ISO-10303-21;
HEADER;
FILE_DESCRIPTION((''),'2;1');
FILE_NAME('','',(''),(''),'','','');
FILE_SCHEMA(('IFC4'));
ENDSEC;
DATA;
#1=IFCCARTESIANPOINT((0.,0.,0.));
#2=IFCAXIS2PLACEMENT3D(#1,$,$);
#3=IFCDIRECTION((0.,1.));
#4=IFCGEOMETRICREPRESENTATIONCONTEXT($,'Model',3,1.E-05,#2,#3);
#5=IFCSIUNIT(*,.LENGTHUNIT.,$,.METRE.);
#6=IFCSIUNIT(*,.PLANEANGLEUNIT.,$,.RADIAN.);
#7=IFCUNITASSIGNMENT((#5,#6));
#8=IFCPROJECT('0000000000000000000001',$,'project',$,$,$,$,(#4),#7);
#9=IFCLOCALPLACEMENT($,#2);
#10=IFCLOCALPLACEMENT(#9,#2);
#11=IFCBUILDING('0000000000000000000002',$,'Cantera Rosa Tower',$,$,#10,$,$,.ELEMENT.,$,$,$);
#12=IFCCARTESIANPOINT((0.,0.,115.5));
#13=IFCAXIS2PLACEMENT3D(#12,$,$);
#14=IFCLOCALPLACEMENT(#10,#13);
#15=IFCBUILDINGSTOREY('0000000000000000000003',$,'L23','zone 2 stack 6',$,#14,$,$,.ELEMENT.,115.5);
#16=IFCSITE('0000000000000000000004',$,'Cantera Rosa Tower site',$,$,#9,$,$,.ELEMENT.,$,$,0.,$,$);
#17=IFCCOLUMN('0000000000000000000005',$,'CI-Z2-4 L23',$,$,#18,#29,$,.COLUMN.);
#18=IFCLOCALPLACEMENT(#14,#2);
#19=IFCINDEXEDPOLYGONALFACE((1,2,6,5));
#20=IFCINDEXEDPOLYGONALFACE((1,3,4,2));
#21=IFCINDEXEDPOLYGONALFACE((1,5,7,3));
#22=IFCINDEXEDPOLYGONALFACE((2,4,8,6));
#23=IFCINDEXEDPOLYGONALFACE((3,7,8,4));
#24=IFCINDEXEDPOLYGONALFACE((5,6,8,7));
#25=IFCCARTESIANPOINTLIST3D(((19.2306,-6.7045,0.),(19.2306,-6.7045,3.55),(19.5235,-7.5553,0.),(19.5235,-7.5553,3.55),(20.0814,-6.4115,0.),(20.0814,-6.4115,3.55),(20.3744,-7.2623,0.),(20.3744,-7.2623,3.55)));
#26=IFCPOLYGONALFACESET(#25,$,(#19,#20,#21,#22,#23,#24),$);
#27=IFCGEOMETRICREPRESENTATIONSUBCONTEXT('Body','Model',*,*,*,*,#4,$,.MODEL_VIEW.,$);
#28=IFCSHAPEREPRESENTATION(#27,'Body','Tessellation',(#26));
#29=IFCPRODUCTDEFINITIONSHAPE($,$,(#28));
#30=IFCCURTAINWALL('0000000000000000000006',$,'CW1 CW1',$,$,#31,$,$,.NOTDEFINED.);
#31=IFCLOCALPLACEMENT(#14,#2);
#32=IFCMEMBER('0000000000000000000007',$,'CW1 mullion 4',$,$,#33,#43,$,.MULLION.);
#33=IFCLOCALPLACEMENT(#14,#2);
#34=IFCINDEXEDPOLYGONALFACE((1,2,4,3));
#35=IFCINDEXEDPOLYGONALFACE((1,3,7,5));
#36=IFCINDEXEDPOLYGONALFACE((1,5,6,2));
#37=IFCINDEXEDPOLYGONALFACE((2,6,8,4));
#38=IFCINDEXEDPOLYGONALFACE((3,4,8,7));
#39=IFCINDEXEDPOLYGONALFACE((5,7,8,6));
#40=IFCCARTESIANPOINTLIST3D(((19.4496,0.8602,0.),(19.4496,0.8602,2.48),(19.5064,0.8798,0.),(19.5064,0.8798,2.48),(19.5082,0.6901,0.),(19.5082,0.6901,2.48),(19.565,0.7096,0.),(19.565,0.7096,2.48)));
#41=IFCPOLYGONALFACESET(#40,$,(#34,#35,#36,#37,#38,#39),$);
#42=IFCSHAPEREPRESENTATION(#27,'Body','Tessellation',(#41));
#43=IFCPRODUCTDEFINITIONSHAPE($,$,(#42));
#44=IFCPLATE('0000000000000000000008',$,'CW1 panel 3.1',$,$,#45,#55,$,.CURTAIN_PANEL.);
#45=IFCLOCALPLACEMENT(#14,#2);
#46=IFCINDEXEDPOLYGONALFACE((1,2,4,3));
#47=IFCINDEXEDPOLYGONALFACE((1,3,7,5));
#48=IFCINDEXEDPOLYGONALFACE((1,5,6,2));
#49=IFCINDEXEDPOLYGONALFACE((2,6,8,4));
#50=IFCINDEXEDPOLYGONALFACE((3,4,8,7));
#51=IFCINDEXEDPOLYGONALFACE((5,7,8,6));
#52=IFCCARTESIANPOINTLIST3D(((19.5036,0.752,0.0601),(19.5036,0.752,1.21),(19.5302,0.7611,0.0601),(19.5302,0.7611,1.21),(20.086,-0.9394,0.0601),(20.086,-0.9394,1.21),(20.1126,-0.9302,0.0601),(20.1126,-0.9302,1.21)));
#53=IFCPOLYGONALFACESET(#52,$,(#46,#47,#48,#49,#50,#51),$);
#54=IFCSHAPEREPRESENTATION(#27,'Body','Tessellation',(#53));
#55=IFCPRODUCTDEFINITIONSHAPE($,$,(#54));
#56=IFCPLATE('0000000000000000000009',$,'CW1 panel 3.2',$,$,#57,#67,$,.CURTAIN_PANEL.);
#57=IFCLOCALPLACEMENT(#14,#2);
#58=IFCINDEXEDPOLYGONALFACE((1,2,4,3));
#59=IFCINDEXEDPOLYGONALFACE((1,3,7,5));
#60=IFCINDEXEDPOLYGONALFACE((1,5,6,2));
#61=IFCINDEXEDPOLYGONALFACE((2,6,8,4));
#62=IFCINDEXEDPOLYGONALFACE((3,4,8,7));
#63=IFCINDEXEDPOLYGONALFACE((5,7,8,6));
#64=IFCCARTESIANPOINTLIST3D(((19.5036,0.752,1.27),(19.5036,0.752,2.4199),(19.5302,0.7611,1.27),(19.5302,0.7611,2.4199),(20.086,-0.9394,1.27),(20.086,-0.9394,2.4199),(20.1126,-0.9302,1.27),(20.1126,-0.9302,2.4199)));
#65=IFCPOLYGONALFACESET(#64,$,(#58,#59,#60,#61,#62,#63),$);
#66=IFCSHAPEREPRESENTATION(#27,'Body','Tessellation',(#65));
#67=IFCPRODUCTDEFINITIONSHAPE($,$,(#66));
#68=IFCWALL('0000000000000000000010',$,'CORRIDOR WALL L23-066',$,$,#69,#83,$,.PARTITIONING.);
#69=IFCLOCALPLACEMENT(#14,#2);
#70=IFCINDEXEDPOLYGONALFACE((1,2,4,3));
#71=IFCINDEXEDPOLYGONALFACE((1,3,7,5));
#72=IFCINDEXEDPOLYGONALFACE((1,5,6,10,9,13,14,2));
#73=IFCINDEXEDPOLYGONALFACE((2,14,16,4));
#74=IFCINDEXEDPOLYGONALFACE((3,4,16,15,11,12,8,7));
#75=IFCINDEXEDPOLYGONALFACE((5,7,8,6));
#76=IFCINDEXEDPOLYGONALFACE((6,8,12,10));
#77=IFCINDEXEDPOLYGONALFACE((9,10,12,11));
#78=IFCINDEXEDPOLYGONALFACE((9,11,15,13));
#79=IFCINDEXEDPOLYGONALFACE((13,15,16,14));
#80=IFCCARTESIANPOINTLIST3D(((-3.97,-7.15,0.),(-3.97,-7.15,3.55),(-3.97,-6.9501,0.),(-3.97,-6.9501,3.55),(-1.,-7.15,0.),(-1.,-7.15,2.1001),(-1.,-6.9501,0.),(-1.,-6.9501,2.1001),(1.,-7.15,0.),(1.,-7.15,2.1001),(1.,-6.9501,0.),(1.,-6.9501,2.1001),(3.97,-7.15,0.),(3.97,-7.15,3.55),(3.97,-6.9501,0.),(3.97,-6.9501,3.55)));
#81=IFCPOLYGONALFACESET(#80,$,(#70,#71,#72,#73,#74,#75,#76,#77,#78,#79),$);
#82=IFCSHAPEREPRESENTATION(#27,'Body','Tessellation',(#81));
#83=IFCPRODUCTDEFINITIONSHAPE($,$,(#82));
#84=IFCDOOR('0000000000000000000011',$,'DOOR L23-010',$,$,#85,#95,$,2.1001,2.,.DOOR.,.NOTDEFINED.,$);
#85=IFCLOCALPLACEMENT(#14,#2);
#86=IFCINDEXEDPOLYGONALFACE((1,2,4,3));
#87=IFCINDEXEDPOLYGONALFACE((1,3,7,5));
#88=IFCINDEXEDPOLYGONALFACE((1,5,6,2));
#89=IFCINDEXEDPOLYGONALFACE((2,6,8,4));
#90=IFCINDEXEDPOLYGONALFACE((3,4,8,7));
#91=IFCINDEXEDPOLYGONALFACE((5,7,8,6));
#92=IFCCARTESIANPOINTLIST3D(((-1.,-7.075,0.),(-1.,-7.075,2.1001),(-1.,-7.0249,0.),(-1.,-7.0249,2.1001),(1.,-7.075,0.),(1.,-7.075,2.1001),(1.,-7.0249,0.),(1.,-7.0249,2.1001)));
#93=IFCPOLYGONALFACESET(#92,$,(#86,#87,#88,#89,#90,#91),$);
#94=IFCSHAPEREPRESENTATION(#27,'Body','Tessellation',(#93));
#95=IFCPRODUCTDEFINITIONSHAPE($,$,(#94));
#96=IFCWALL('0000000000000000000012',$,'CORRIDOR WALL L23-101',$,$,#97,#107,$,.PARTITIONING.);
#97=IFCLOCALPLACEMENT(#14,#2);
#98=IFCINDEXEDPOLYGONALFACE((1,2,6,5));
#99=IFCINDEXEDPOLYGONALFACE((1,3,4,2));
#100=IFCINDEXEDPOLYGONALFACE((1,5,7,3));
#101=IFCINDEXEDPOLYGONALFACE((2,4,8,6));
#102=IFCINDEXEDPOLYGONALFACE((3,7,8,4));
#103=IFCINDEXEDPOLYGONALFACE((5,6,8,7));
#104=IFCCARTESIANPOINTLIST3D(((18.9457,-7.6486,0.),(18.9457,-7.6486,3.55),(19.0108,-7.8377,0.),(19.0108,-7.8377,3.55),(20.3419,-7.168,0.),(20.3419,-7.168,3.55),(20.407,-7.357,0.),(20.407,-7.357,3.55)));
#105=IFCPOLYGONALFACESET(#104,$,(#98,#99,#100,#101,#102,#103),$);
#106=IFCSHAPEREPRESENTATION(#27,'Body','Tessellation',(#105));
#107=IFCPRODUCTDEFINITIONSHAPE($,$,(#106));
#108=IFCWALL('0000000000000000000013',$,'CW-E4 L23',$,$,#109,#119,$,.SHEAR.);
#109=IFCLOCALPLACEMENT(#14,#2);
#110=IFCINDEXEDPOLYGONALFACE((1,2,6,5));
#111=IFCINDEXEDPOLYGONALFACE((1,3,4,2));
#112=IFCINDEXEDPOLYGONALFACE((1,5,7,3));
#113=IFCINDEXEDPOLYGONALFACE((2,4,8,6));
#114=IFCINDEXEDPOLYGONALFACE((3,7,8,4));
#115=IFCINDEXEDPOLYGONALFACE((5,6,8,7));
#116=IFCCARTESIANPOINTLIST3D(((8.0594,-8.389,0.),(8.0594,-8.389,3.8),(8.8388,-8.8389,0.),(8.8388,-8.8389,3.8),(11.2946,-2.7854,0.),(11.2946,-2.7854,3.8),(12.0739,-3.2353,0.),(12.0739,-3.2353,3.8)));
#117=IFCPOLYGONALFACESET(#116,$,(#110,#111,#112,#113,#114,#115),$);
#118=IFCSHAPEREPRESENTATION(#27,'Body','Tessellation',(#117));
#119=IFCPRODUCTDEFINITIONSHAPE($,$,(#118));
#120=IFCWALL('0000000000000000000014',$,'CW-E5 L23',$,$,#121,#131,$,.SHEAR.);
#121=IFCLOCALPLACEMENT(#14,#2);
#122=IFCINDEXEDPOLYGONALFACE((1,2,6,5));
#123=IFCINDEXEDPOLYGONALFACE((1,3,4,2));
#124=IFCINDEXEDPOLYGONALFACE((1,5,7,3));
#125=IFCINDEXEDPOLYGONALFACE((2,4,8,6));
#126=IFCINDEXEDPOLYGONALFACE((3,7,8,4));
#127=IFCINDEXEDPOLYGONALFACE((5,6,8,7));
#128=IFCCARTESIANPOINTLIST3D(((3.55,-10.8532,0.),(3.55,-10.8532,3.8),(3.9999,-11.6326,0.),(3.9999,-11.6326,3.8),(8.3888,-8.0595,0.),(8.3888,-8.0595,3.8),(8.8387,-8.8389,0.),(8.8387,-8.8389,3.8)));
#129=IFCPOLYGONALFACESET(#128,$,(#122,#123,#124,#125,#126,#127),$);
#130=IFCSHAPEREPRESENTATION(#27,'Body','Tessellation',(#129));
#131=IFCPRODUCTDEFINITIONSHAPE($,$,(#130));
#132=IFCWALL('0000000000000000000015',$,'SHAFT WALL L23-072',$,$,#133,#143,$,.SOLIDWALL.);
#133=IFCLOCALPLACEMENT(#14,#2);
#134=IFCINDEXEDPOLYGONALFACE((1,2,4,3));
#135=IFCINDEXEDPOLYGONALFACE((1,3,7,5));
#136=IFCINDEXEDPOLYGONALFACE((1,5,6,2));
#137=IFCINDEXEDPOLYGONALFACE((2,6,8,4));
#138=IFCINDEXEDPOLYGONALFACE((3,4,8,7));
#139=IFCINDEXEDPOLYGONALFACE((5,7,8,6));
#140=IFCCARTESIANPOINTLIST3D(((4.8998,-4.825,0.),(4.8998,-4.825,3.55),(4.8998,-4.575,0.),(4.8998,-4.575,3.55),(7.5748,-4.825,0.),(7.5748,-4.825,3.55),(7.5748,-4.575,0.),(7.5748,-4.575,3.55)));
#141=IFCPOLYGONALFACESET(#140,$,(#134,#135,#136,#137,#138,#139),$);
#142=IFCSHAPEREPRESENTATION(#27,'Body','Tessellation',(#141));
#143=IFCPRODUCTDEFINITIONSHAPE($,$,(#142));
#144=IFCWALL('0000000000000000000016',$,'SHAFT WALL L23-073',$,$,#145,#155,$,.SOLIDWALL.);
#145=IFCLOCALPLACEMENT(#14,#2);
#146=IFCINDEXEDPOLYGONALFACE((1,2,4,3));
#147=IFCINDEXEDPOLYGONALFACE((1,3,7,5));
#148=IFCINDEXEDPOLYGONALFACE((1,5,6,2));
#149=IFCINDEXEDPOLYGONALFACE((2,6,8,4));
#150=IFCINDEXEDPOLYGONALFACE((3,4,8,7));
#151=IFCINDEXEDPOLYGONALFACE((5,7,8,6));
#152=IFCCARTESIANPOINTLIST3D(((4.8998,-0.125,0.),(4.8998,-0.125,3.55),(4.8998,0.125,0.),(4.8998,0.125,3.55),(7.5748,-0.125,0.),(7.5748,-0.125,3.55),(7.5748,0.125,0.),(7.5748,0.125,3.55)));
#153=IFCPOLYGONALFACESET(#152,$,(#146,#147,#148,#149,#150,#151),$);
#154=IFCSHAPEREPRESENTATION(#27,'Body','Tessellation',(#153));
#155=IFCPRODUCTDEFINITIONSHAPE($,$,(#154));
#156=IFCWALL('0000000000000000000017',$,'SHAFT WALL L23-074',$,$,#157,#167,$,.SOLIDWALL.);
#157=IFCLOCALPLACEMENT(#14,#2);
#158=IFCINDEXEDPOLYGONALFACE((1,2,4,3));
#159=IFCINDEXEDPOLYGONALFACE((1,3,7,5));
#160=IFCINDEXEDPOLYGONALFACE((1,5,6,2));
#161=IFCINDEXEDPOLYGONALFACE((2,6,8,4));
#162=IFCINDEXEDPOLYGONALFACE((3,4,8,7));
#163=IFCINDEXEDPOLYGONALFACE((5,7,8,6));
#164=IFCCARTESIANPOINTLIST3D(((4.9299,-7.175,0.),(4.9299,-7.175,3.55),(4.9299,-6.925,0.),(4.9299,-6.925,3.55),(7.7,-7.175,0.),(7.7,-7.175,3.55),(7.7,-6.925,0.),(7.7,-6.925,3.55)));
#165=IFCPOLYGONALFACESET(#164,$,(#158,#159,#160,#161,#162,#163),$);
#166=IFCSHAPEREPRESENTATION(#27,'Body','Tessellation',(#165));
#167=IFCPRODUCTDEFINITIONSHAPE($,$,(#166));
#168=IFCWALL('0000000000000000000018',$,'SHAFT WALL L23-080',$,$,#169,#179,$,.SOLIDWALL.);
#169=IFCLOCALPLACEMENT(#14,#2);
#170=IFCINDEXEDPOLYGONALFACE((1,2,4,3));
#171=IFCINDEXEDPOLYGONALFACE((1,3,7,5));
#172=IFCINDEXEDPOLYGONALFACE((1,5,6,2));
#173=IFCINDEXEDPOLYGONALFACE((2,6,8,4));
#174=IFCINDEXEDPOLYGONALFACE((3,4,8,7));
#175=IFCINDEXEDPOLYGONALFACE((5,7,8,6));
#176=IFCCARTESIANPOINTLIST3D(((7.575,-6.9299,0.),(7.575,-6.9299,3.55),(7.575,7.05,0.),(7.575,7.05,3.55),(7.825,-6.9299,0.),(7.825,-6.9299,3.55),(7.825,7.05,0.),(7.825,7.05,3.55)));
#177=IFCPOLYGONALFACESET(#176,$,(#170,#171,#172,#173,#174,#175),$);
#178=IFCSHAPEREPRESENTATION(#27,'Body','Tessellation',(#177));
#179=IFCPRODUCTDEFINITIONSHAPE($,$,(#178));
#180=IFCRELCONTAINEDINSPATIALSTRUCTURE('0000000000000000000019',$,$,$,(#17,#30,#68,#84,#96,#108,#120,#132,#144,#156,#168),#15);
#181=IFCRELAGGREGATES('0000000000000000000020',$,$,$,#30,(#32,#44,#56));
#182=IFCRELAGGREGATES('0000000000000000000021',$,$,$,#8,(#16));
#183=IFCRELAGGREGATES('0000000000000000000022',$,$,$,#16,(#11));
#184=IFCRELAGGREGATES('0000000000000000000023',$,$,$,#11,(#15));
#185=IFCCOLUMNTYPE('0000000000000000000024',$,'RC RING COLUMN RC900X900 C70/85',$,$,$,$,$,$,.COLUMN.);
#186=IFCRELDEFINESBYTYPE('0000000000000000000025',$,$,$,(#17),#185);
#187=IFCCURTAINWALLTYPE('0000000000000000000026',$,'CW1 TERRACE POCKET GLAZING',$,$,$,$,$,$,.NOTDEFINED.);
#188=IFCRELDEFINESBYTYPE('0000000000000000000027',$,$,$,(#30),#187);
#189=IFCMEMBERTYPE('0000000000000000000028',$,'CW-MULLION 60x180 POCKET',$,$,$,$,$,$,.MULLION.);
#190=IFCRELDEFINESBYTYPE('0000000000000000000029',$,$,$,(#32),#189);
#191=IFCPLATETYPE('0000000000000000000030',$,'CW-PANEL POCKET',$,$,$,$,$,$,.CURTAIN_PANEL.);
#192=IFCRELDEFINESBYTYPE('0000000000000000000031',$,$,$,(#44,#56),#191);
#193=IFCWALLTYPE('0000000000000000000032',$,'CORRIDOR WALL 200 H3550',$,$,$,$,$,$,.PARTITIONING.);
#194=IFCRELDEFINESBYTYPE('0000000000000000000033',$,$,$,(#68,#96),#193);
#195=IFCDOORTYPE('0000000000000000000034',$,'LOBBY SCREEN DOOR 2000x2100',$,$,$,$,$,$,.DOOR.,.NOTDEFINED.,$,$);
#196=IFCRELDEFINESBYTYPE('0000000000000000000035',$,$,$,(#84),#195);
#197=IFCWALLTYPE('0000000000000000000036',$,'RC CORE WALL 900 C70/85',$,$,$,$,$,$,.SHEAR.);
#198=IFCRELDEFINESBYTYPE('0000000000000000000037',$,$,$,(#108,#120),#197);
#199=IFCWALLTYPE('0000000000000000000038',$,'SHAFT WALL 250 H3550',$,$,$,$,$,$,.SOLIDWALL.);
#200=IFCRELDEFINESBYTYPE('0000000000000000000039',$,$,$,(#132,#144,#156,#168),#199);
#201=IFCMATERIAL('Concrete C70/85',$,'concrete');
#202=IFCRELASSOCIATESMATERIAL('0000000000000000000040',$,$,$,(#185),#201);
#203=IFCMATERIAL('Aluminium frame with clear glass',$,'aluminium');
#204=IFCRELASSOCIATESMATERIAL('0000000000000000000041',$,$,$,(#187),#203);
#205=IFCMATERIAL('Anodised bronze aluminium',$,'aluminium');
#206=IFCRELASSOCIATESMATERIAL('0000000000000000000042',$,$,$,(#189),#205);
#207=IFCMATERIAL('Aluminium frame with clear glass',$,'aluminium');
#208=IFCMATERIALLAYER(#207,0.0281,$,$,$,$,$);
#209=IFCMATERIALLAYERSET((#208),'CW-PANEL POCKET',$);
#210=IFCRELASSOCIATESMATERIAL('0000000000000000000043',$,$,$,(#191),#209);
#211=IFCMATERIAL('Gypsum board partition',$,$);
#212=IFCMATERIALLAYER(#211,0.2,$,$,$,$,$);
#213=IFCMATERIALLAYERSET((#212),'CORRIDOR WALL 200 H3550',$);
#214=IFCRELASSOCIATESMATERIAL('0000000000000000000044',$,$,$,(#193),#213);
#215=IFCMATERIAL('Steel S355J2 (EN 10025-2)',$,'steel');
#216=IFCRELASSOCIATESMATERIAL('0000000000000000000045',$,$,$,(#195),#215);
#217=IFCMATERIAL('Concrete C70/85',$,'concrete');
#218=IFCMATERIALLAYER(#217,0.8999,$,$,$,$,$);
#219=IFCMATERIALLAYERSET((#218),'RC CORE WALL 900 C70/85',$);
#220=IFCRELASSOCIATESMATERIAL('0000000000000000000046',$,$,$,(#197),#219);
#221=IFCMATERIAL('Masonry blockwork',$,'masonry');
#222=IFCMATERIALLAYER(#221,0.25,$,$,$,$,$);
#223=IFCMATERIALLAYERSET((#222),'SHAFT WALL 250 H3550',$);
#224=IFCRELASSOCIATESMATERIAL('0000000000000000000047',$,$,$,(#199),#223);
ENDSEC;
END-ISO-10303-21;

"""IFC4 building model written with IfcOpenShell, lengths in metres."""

from ifc_helpers import new_model, si_unit, direction, frame, frame_2d, origin, origin_2d, place, context, subcontext, project, spatial, rectangle, extrude, material, layer, layer_set, material_profile, profile_set, type_object, element, fill, aggregate, save


model = new_model("IFC4")

# Units and contexts
model_context = context("Model", 3, precision=1e-05, world=origin(), true_north=direction((0.0, 1.0)))
body_context = subcontext(model_context, "Body", "Model", "MODEL_VIEW")
ifc_project = project(units=[si_unit("LENGTHUNIT", "METRE"), si_unit("PLANEANGLEUNIT", "RADIAN")], contexts=[model_context])

# Site, building, storey
site_placement = place(None, origin())
site = spatial("IfcSite", under=ifc_project, at=site_placement, Name="Cantera Rosa Tower site", CompositionType="ELEMENT", RefElevation=0.0)
building_placement = place(site_placement, origin())
building = spatial("IfcBuilding", under=site, at=building_placement, Name="Cantera Rosa Tower", CompositionType="ELEMENT")
storey_placement = place(building_placement, frame((0.0, 0.0, 115.5)))
storey = spatial("IfcBuildingStorey", under=building, at=storey_placement, Name="L23", Description="zone 2 stack 6", CompositionType="ELEMENT", Elevation=115.5)

# Column
ifc_material_1 = material(Name="Concrete C70/85", Category="concrete")
ifc_material_profile_1 = material_profile(ifc_material_1, rectangle(XDim=0.8999, YDim=0.8999, at=origin_2d()), Name="RC RING COLUMN RC900X900 C70/85")
ifc_profile_set_1 = profile_set([ifc_material_profile_1], Name="Concrete C70/85")
column_type = type_object("IfcColumnType", Name="RC RING COLUMN RC900X900 C70/85", PredefinedType="COLUMN", material=ifc_profile_set_1)
column_placement = place(storey_placement, frame((19.8025, -6.9834, 0.0), z_axis=(0.0, 0.0, 1.0), x_axis=(0.945519, 0.325568, 0.0)))
element("IfcColumn", 1, at=column_placement, inside=storey, type_object=column_type, Name="CI-Z2-4 L23", PredefinedType="COLUMN", context=body_context, shape_type="SweptSolid", body=[
    extrude(rectangle(XDim=0.8999, YDim=0.8999, at=origin_2d()), origin(), (0.0, 0.0, 1.0), 3.55),
])

# Curtain wall, member, plates
ifc_material_2 = material(Name="Aluminium frame with clear glass", Category="aluminium")
curtain_wall_type = type_object("IfcCurtainWallType", Name="CW1 TERRACE POCKET GLAZING", PredefinedType="NOTDEFINED", material=ifc_material_2)
curtain_wall_placement = place(storey_placement, origin())
curtain_wall = element("IfcCurtainWall", 2, at=curtain_wall_placement, inside=storey, type_object=curtain_wall_type, Name="CW1 CW1", PredefinedType="NOTDEFINED")
ifc_material_3 = material(Name="Anodised bronze aluminium", Category="aluminium")
ifc_material_profile_2 = material_profile(ifc_material_3, rectangle(XDim=0.0601, YDim=0.1799, at=origin_2d()), Name="CW-MULLION 60x180 POCKET")
ifc_profile_set_2 = profile_set([ifc_material_profile_2], Name="Anodised bronze aluminium")
member_type = type_object("IfcMemberType", Name="CW-MULLION 60x180 POCKET", PredefinedType="MULLION", material=ifc_profile_set_2)
member_placement = place(storey_placement, frame((19.5073, 0.7849, 0.0), z_axis=(0.0, 0.0, 1.0), x_axis=(-0.945519, -0.325568, 0.0)))
member = element("IfcMember", 3, at=member_placement, type_object=member_type, Name="CW1 mullion 4", PredefinedType="MULLION", context=body_context, shape_type="SweptSolid", body=[
    extrude(rectangle(XDim=0.0601, YDim=0.1799, at=origin_2d()), origin(), (0.0, 0.0, 1.0), 2.48),
])
ifc_material_4 = material(Name="Aluminium frame with clear glass", Category="aluminium")
ifc_layer_1 = layer(ifc_material_4, 0.0281)
ifc_layer_set_1 = layer_set([ifc_layer_1], Name="CW-PANEL POCKET")
plate_type = type_object("IfcPlateType", Name="CW-PANEL POCKET", PredefinedType="CURTAIN_PANEL", material=ifc_layer_set_1)
plate_1_placement = place(storey_placement, frame((19.8081, -0.0891, 0.0601), z_axis=(0.0, 0.0, 1.0), x_axis=(-0.325568, 0.945519, 0.0)))
plate_1 = element("IfcPlate", 4, at=plate_1_placement, type_object=plate_type, Name="CW1 panel 3.1", PredefinedType="CURTAIN_PANEL", context=body_context, shape_type="SweptSolid", body=[
    extrude(rectangle(XDim=1.7888, YDim=0.0281, at=origin_2d()), origin(), (0.0, 0.0, 1.0), 1.1499),
])
plate_2_placement = place(storey_placement, frame((19.8081, -0.0891, 1.27), z_axis=(0.0, 0.0, 1.0), x_axis=(-0.325568, 0.945519, 0.0)))
plate_2 = element("IfcPlate", 5, at=plate_2_placement, type_object=plate_type, Name="CW1 panel 3.2", PredefinedType="CURTAIN_PANEL", context=body_context, shape_type="SweptSolid", body=[
    extrude(rectangle(XDim=1.7888, YDim=0.0281, at=origin_2d()), origin(), (0.0, 0.0, 1.0), 1.1499),
])
aggregate(curtain_wall, [member, plate_1, plate_2])

# Wall, opening, door
ifc_material_5 = material(Name="Gypsum board partition")
ifc_layer_2 = layer(ifc_material_5, 0.2)
ifc_layer_set_2 = layer_set([ifc_layer_2], Name="CORRIDOR WALL 200 H3550")
wall_type_1 = type_object("IfcWallType", Name="CORRIDOR WALL 200 H3550", PredefinedType="PARTITIONING", material=ifc_layer_set_2)
wall_1_placement = place(storey_placement, frame((3.97, -7.05, 0.0), z_axis=(0.0, 0.0, 1.0), x_axis=(-1.0, 0.0, 0.0)))
wall_1 = element("IfcWall", 6, at=wall_1_placement, inside=storey, type_object=wall_type_1, Name="CORRIDOR WALL L23-066", PredefinedType="PARTITIONING", context=body_context, shape_type="SweptSolid", body=[
    extrude(rectangle(XDim=7.9399, YDim=0.2, at=frame_2d((3.97, 0.0))), origin(), (0.0, 0.0, 1.0), 3.55),
])
opening_placement = place(wall_1_placement, frame((2.97, 0.0, 0.0)))
opening = element("IfcOpeningElement", 7, at=opening_placement, cuts=wall_1, PredefinedType="OPENING", context=body_context, shape_type="SweptSolid", body=[
    extrude(rectangle(XDim=2.0, YDim=2.1001, at=frame_2d((1.0, 1.05))), frame((0.0, 0.1099, 0.0), z_axis=(0.0, -1.0, 0.0), x_axis=(1.0, 0.0, 0.0)), (0.0, 0.0, 1.0), 0.22),
])
ifc_material_6 = material(Name="Steel S355J2 (EN 10025-2)", Category="steel")
door_type = type_object("IfcDoorType", Name="LOBBY SCREEN DOOR 2000x2100", OperationType="NOTDEFINED", PredefinedType="DOOR", material=ifc_material_6)
door_placement = place(opening_placement, origin())
door = element("IfcDoor", 8, at=door_placement, inside=storey, type_object=door_type, Name="DOOR L23-010", OperationType="NOTDEFINED", OverallHeight=2.1001, OverallWidth=2.0, PredefinedType="DOOR", context=body_context, shape_type="SweptSolid", body=[
    extrude(rectangle(XDim=2.0, YDim=2.1001, at=frame_2d((1.0, 1.05))), frame((0.0, 0.0249, 0.0), z_axis=(0.0, -1.0, 0.0), x_axis=(1.0, 0.0, 0.0)), (0.0, 0.0, 1.0), 0.05),
])
fill(opening, door)

# Walls
wall_2_placement = place(storey_placement, frame((18.9783, -7.7432, 0.0), z_axis=(0.0, 0.0, 1.0), x_axis=(0.945529, 0.325537, 0.0)))
element("IfcWall", 9, at=wall_2_placement, inside=storey, type_object=wall_type_1, Name="CORRIDOR WALL L23-101", PredefinedType="PARTITIONING", context=body_context, shape_type="SweptSolid", body=[
    extrude(rectangle(XDim=1.4766, YDim=0.2, at=frame_2d((0.7383, 0.0))), origin(), (0.0, 0.0, 1.0), 3.55),
])
ifc_material_7 = material(Name="Concrete C70/85", Category="concrete")
ifc_layer_3 = layer(ifc_material_7, 0.8999)
ifc_layer_set_3 = layer_set([ifc_layer_3], Name="RC CORE WALL 900 C70/85")
wall_type_2 = type_object("IfcWallType", Name="RC CORE WALL 900 C70/85", PredefinedType="SHEAR", material=ifc_layer_set_3)
wall_3_placement = place(storey_placement, frame((11.6843, -3.0103, 0.0), z_axis=(0.0, 0.0, 1.0), x_axis=(-0.49999, -0.866031, 0.0)))
element("IfcWall", 10, at=wall_3_placement, inside=storey, type_object=wall_type_2, Name="CW-E4 L23", PredefinedType="SHEAR", context=body_context, shape_type="SweptSolid", body=[
    extrude(rectangle(XDim=6.4705, YDim=0.8999, at=frame_2d((3.2354, 0.0))), origin(), (0.0, 0.0, 1.0), 3.8),
])
wall_4_placement = place(storey_placement, frame((8.6138, -8.4492, 0.0), z_axis=(0.0, 0.0, 1.0), x_axis=(-0.866027, -0.499997, 0.0)))
element("IfcWall", 11, at=wall_4_placement, inside=storey, type_object=wall_type_2, Name="CW-E5 L23", PredefinedType="SHEAR", context=body_context, shape_type="SweptSolid", body=[
    extrude(rectangle(XDim=5.5874, YDim=0.8999, at=frame_2d((2.7937, 0.0))), origin(), (0.0, 0.0, 1.0), 3.8),
])
ifc_material_8 = material(Name="Masonry blockwork", Category="masonry")
ifc_layer_4 = layer(ifc_material_8, 0.25)
ifc_layer_set_4 = layer_set([ifc_layer_4], Name="SHAFT WALL 250 H3550")
wall_type_3 = type_object("IfcWallType", Name="SHAFT WALL 250 H3550", PredefinedType="SOLIDWALL", material=ifc_layer_set_4)
for number, where, z_axis, x_axis, name in (
    (12, (4.8999, -4.7, 0.0), (0.0, 0.0, 1.0), (1.0, 0.0, 0.0), "SHAFT WALL L23-072"),
    (13, (4.8999, 0.0, 0.0), (0.0, 0.0, 1.0), (1.0, 0.0, 0.0), "SHAFT WALL L23-073"),
):
    element("IfcWall", number, at=place(storey_placement, frame(where, z_axis=z_axis, x_axis=x_axis)), inside=storey, type_object=wall_type_3, Name=name, PredefinedType="SOLIDWALL", context=body_context, shape_type="SweptSolid", body=[
        extrude(rectangle(XDim=2.675, YDim=0.25, at=frame_2d((1.3374, 0.0))), origin(), (0.0, 0.0, 1.0), 3.55),
    ])
wall_5_placement = place(storey_placement, frame((4.9299, -7.05, 0.0), z_axis=(0.0, 0.0, 1.0), x_axis=(1.0, 0.0, 0.0)))
element("IfcWall", 14, at=wall_5_placement, inside=storey, type_object=wall_type_3, Name="SHAFT WALL L23-074", PredefinedType="SOLIDWALL", context=body_context, shape_type="SweptSolid", body=[
    extrude(rectangle(XDim=2.77, YDim=0.25, at=frame_2d((1.385, 0.0))), origin(), (0.0, 0.0, 1.0), 3.55),
])
wall_6_placement = place(storey_placement, frame((7.7, -6.9299, 0.0), z_axis=(0.0, 0.0, 1.0), x_axis=(0.0, 1.0, 0.0)))
element("IfcWall", 15, at=wall_6_placement, inside=storey, type_object=wall_type_3, Name="SHAFT WALL L23-080", PredefinedType="SOLIDWALL", context=body_context, shape_type="SweptSolid", body=[
    extrude(rectangle(XDim=13.98, YDim=0.25, at=frame_2d((6.99, 0.0))), origin(), (0.0, 0.0, 1.0), 3.55),
])

save(model, "model.ifc")
